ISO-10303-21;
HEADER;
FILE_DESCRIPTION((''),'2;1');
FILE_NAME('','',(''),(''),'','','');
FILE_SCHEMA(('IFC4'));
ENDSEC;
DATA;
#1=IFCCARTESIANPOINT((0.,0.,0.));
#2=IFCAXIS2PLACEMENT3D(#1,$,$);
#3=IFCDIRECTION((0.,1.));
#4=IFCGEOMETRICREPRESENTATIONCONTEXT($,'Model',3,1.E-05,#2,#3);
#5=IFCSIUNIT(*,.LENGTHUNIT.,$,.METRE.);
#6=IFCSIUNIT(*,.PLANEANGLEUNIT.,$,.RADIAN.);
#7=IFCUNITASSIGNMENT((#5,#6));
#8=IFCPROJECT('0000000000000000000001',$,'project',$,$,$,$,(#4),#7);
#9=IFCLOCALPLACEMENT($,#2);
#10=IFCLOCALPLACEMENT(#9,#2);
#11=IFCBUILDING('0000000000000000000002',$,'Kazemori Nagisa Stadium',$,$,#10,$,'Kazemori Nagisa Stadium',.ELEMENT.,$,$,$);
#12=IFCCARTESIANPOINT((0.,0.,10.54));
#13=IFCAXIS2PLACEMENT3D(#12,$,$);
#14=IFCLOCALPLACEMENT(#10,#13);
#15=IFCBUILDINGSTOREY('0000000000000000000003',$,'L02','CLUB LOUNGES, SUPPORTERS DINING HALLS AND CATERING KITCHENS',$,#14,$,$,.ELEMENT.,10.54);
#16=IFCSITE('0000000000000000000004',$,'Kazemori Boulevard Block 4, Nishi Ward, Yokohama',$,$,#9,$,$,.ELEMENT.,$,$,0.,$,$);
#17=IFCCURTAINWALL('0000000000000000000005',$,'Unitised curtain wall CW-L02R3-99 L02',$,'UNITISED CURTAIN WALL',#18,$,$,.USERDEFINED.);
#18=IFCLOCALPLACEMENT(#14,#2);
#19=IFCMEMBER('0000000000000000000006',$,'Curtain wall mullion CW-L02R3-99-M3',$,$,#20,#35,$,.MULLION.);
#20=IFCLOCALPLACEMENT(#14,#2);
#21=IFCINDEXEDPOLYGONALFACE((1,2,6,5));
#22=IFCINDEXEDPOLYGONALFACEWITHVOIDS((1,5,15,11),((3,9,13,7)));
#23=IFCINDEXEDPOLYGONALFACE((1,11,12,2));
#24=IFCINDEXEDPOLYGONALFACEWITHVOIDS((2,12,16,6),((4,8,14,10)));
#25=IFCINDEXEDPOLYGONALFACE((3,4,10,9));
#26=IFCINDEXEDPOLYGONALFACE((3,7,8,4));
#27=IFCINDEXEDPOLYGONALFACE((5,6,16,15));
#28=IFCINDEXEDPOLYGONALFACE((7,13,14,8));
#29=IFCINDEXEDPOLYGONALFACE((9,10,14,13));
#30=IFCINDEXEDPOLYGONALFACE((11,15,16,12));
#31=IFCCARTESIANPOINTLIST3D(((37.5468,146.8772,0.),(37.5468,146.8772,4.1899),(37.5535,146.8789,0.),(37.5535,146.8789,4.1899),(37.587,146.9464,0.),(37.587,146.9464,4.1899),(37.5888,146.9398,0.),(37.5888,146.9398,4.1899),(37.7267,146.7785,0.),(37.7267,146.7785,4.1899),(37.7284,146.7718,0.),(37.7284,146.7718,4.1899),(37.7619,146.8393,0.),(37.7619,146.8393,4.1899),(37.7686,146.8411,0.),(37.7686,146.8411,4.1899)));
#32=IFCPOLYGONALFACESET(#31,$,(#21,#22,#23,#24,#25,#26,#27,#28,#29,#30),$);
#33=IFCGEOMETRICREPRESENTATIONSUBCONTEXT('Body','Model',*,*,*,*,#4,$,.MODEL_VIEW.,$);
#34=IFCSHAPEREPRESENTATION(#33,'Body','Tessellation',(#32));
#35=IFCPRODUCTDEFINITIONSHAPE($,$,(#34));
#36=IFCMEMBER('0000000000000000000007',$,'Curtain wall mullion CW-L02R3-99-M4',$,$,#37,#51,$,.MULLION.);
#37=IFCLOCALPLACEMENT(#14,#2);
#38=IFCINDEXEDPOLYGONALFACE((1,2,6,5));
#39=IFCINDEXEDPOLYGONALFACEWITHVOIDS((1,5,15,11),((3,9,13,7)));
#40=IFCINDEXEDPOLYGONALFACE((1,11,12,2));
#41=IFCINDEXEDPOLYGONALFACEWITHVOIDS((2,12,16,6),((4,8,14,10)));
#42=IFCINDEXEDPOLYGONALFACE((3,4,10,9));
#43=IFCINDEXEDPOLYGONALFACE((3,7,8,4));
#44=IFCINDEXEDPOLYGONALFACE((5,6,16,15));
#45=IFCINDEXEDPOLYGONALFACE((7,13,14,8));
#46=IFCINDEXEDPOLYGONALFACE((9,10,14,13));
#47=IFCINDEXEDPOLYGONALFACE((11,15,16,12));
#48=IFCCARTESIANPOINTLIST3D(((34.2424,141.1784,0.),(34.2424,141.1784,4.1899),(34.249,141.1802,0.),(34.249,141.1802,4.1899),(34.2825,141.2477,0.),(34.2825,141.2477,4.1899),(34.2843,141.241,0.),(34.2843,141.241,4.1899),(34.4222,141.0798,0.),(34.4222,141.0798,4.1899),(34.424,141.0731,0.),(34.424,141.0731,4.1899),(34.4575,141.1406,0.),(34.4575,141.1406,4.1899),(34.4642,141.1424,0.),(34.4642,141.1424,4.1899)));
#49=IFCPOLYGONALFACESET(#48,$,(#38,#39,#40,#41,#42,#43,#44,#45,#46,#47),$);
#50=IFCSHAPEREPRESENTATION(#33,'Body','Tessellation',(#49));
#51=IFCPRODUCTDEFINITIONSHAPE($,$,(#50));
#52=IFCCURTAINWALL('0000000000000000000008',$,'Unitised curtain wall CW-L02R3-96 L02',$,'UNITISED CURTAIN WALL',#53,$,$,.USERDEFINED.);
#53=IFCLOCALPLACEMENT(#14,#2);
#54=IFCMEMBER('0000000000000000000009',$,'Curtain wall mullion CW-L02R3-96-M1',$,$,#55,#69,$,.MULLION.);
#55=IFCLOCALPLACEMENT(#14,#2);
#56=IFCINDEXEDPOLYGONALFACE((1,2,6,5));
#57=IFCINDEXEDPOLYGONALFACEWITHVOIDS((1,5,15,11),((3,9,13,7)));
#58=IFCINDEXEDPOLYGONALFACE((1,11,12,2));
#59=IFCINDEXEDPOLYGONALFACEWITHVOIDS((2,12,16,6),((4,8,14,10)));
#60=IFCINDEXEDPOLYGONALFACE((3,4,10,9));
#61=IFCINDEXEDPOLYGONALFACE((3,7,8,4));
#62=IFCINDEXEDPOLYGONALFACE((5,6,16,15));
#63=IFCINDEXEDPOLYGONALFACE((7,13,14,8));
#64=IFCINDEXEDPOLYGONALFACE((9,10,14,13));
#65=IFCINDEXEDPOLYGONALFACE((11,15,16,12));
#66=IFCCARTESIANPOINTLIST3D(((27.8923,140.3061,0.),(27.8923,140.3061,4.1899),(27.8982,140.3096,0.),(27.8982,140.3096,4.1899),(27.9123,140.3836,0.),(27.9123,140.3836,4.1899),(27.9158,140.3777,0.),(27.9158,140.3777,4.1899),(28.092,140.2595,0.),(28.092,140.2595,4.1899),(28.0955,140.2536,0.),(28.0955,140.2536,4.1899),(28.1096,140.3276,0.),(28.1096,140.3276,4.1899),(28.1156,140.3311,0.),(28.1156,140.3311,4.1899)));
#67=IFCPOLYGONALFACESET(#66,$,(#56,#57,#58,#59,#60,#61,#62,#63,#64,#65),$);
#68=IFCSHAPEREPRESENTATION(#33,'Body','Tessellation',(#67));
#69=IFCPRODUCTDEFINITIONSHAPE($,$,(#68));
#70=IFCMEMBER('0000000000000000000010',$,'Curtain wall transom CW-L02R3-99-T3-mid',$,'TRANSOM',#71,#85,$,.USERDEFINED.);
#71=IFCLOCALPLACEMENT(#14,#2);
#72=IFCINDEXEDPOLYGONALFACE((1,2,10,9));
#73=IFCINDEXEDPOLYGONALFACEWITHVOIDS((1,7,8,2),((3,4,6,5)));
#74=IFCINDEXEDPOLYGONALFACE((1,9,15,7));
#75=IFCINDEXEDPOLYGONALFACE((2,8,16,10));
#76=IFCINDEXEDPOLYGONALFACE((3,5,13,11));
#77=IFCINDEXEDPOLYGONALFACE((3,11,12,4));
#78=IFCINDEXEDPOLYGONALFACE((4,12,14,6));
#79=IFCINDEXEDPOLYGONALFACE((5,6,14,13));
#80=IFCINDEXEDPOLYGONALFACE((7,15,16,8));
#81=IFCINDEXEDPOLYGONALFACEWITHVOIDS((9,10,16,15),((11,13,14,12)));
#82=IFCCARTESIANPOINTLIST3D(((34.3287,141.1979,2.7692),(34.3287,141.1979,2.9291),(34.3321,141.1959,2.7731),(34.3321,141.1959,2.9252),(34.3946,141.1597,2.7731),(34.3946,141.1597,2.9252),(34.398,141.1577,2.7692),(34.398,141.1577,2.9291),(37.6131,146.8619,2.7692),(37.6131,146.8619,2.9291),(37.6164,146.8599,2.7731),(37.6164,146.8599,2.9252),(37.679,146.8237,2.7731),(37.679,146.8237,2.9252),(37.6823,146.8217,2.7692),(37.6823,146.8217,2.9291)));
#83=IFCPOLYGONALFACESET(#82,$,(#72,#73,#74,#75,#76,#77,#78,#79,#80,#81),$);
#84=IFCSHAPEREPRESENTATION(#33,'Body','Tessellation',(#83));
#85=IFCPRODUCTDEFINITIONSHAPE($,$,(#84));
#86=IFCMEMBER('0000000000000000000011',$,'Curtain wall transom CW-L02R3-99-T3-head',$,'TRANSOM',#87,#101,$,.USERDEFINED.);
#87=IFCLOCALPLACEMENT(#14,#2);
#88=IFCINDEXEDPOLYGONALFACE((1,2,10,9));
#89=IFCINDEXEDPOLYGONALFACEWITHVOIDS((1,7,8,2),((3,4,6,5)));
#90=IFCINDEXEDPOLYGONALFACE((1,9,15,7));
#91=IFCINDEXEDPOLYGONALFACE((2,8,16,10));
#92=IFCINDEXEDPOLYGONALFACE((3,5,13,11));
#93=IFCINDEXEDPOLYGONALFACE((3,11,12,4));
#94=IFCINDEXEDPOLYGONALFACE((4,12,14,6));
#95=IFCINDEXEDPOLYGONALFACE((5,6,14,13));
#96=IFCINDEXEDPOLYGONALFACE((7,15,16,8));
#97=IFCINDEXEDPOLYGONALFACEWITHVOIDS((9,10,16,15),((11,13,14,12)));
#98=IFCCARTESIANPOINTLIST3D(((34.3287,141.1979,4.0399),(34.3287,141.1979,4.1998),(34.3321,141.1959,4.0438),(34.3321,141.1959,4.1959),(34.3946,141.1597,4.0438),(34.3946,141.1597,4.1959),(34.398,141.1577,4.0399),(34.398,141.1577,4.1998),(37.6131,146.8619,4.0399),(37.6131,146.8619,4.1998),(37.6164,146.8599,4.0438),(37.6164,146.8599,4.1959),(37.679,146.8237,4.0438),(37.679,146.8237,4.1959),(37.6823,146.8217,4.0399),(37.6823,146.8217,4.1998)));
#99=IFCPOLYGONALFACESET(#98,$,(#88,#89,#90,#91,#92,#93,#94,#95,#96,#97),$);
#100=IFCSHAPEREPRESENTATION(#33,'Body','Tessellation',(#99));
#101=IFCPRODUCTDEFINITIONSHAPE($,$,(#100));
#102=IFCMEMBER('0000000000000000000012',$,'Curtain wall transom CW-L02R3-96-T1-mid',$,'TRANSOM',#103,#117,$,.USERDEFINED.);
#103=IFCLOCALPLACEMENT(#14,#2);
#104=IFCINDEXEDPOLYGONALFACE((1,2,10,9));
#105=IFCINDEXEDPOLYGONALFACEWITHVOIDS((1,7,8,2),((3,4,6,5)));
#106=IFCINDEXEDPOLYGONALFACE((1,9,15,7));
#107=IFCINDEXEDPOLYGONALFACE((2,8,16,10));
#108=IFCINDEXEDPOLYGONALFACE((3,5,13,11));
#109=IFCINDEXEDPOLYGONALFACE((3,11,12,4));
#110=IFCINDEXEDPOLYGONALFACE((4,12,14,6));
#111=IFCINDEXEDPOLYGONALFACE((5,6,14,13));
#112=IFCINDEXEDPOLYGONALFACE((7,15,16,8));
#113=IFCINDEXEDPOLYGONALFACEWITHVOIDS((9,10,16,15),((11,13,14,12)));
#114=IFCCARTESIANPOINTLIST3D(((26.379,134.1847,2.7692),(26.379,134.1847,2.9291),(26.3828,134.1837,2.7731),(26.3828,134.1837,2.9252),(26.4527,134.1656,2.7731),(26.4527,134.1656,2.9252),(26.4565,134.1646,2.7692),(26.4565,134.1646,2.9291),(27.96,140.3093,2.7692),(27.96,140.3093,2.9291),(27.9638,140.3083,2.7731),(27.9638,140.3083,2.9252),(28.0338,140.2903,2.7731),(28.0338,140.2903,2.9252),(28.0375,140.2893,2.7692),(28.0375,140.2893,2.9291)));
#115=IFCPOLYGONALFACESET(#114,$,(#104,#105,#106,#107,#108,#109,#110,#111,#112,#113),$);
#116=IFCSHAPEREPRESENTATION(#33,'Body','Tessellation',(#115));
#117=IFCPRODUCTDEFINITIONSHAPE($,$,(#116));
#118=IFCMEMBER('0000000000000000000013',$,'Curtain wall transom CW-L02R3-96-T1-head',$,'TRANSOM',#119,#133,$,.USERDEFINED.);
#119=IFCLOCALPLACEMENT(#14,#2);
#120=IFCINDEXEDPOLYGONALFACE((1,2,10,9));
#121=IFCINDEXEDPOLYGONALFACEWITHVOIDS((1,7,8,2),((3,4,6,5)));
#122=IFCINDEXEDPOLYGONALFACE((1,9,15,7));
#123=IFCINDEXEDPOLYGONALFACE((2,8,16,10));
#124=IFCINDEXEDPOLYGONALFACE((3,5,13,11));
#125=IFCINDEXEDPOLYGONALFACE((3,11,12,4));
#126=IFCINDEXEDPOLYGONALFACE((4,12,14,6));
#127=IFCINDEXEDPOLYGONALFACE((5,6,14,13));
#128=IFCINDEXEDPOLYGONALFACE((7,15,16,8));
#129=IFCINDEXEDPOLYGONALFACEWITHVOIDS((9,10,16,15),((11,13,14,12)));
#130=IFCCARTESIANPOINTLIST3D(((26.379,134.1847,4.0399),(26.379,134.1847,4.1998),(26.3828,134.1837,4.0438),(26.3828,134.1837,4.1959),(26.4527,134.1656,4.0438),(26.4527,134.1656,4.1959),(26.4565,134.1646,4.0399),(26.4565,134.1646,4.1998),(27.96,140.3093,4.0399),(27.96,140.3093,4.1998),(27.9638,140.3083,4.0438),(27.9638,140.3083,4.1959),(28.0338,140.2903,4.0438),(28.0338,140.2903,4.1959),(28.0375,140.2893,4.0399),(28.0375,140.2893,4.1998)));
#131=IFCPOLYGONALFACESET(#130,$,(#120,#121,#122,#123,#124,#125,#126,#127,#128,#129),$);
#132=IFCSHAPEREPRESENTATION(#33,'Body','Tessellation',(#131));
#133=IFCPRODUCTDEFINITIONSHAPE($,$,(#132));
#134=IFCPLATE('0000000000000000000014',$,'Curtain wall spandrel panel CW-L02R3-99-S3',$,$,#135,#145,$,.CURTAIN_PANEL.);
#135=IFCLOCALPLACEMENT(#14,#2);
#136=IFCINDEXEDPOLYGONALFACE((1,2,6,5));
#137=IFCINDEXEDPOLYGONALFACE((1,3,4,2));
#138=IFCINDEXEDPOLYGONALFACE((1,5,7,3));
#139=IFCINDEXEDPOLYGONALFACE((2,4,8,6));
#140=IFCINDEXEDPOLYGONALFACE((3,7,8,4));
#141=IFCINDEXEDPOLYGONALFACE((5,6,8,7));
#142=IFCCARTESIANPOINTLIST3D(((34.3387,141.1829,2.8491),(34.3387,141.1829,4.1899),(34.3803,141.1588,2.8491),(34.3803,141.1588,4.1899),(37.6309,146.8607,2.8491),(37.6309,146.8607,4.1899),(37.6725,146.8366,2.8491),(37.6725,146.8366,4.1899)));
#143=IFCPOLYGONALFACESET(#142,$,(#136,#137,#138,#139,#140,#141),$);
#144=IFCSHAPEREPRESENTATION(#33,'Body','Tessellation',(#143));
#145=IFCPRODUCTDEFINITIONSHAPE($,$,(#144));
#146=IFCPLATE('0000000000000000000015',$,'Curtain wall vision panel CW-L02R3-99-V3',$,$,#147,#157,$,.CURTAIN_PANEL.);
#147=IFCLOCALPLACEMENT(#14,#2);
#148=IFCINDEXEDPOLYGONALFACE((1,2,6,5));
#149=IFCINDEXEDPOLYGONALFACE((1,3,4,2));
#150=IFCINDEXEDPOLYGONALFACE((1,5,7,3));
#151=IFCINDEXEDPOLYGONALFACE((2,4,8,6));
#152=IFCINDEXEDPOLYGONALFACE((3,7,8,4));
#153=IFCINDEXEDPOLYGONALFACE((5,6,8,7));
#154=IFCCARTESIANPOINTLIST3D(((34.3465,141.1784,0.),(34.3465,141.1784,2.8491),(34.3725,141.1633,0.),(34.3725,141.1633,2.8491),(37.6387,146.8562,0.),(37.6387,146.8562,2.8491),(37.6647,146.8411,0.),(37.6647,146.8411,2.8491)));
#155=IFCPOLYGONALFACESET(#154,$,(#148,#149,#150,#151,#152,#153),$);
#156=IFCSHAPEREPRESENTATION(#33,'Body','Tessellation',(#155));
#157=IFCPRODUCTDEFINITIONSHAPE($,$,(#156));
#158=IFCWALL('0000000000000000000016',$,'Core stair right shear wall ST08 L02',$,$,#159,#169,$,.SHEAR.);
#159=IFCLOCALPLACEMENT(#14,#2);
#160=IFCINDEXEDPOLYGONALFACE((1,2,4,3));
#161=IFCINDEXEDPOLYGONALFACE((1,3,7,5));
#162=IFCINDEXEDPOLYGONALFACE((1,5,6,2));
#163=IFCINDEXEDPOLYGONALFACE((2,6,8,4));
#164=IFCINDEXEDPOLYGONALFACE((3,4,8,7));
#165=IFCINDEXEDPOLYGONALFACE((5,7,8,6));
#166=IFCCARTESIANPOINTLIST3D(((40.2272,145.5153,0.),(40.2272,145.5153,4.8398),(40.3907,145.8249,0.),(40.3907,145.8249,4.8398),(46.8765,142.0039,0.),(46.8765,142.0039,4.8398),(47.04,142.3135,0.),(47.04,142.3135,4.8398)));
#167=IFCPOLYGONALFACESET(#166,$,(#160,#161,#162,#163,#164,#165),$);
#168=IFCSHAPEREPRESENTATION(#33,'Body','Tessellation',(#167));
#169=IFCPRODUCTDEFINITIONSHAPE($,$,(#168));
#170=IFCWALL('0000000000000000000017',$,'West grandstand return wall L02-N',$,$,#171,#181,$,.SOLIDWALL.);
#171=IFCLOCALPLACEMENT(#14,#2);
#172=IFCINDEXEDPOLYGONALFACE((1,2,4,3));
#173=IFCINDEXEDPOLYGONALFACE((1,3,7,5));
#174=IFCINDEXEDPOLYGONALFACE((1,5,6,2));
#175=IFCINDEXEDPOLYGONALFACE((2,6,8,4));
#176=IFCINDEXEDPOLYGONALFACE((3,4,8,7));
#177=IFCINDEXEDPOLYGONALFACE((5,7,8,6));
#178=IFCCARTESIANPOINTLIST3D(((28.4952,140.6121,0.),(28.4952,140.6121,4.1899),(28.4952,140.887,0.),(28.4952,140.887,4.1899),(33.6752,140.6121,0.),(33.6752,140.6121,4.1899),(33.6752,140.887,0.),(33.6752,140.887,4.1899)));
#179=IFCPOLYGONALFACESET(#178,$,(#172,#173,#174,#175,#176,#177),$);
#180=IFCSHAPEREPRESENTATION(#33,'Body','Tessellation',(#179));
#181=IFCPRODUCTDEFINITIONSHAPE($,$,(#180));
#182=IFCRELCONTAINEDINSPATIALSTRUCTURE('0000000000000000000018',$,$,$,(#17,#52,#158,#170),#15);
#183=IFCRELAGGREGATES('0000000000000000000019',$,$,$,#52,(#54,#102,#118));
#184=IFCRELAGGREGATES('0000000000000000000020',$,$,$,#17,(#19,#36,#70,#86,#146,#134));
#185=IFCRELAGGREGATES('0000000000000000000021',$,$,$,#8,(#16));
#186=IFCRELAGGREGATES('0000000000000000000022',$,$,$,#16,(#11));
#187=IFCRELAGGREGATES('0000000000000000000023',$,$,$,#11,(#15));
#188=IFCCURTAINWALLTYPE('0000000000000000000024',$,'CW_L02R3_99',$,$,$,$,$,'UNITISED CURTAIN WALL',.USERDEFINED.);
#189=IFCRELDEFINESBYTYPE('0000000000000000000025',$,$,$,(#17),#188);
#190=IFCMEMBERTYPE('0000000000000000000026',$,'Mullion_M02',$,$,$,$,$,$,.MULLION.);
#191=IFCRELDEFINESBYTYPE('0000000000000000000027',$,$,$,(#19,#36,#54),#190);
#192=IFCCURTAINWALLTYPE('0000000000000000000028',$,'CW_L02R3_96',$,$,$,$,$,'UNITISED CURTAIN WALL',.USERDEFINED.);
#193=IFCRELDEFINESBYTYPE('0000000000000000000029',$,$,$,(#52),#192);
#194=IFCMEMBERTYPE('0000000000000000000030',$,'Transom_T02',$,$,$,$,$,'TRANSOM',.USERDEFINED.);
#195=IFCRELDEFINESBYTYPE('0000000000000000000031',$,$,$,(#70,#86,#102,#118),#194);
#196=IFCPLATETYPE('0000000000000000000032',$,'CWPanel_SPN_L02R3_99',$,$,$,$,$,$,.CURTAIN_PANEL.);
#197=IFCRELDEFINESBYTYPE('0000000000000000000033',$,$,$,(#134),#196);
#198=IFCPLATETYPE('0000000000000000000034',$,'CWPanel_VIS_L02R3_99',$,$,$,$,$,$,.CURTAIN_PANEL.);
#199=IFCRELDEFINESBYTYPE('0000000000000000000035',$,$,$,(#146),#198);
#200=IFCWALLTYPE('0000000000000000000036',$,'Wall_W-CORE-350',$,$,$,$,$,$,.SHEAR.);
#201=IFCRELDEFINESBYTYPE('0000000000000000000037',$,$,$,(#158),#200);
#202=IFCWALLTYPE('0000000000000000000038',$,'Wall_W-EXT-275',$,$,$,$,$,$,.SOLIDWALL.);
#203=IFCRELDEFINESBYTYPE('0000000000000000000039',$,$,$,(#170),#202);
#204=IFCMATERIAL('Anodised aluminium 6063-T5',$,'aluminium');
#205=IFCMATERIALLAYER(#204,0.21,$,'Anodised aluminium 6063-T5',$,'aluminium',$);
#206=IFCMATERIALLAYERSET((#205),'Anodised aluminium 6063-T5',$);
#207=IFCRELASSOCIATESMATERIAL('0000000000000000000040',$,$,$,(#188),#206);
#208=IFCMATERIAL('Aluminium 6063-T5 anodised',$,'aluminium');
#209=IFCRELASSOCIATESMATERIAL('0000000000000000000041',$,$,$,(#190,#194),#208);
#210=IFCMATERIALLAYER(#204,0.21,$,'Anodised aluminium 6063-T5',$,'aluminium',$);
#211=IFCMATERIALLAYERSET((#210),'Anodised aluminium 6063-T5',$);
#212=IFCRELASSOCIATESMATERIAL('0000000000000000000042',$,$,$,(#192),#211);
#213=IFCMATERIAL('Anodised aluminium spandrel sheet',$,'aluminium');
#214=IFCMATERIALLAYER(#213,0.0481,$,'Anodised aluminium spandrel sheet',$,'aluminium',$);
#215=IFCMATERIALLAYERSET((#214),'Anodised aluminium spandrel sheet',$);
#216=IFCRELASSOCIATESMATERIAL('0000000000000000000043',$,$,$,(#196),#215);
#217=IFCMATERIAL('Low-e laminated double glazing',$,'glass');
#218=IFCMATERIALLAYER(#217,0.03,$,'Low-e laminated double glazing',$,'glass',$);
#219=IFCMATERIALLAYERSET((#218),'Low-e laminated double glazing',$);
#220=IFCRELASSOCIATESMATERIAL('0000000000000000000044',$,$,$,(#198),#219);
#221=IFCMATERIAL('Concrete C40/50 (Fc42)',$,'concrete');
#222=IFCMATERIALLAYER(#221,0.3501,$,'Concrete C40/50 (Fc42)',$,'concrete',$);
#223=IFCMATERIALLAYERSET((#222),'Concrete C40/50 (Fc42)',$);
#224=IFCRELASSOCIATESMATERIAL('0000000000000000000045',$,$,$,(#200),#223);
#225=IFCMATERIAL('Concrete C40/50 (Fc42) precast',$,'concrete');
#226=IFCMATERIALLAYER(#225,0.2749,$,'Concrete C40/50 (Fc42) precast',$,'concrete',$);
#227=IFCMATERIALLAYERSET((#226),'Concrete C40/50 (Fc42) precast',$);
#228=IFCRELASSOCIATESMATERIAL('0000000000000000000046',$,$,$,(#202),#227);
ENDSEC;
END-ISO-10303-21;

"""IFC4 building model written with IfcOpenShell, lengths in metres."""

from ifc_helpers import new_model, si_unit, direction, frame, frame_2d, origin, origin_2d, place, context, subcontext, project, spatial, rectangle, hollow_rectangle, extrude, material, layer, layer_set, material_profile, profile_set, type_object, element, aggregate, save


model = new_model("IFC4")

# Units and contexts
model_context = context("Model", 3, precision=1e-05, world=origin(), true_north=direction((0.0, 1.0)))
body_context = subcontext(model_context, "Body", "Model", "MODEL_VIEW")
ifc_project = project(units=[si_unit("LENGTHUNIT", "METRE"), si_unit("PLANEANGLEUNIT", "RADIAN")], contexts=[model_context])

# Site, building, storey
site_placement = place(None, origin())
site = spatial("IfcSite", under=ifc_project, at=site_placement, Name="Kazemori Boulevard Block 4, Nishi Ward, Yokohama", CompositionType="ELEMENT", RefElevation=0.0)
building_placement = place(site_placement, origin())
building = spatial("IfcBuilding", under=site, at=building_placement, Name="Kazemori Nagisa Stadium", LongName="Kazemori Nagisa Stadium", CompositionType="ELEMENT")
storey_placement = place(building_placement, frame((0.0, 0.0, 10.54)))
storey = spatial("IfcBuildingStorey", under=building, at=storey_placement, Name="L02", Description="CLUB LOUNGES, SUPPORTERS DINING HALLS AND CATERING KITCHENS", CompositionType="ELEMENT", Elevation=10.54)

# Shared definitions
ifc_material_1 = material(Name="Concrete C40/50 (Fc42)", Category="concrete")

# Curtain wall, members
ifc_material_2 = material(Name="Anodised aluminium 6063-T5", Category="aluminium")
ifc_layer_1 = layer(ifc_material_2, 0.21, Name="Anodised aluminium 6063-T5", Category="aluminium")
ifc_layer_set_1 = layer_set([ifc_layer_1], Name="Anodised aluminium 6063-T5")
curtain_wall_type_1 = type_object("IfcCurtainWallType", Name="CW_L02R3_99", ElementType="UNITISED CURTAIN WALL", PredefinedType="USERDEFINED", material=ifc_layer_set_1)
curtain_wall_1_placement = place(storey_placement, origin())
curtain_wall_1 = element("IfcCurtainWall", 1, at=curtain_wall_1_placement, inside=storey, type_object=curtain_wall_type_1, Name="Unitised curtain wall CW-L02R3-99 L02", ObjectType="UNITISED CURTAIN WALL", PredefinedType="USERDEFINED")
ifc_material_3 = material(Name="Aluminium 6063-T5 anodised", Category="aluminium")
ifc_material_profile_1 = material_profile(ifc_material_3, hollow_rectangle(XDim=0.0801, YDim=0.21, WallThickness=0.0049, at=origin_2d()), Name="ALU-MULL-80x210x5")
ifc_profile_set_1 = profile_set([ifc_material_profile_1], Name="Aluminium 6063-T5 anodised")
member_type_1 = type_object("IfcMemberType", Name="Mullion_M02", PredefinedType="MULLION", material=ifc_profile_set_1)
member_1_placement = place(storey_placement, frame((37.6577, 146.8591, 0.0), z_axis=(0.0, 0.0, 1.0), x_axis=(-0.501612, -0.865093, 0.0)))
member_1 = element("IfcMember", 2, at=member_1_placement, type_object=member_type_1, Name="Curtain wall mullion CW-L02R3-99-M3", PredefinedType="MULLION", context=body_context, shape_type="SweptSolid", body=[
    extrude(hollow_rectangle(XDim=0.0801, YDim=0.21, WallThickness=0.0049, at=origin_2d()), origin(), (0.0, 0.0, 1.0), 4.1899),
])
member_2_placement = place(storey_placement, frame((34.3533, 141.1604, 0.0), z_axis=(0.0, 0.0, 1.0), x_axis=(-0.501612, -0.865093, 0.0)))
member_2 = element("IfcMember", 3, at=member_2_placement, type_object=member_type_1, Name="Curtain wall mullion CW-L02R3-99-M4", PredefinedType="MULLION", context=body_context, shape_type="SweptSolid", body=[
    extrude(hollow_rectangle(XDim=0.0801, YDim=0.21, WallThickness=0.0049, at=origin_2d()), origin(), (0.0, 0.0, 1.0), 4.1899),
])

# Curtain wall, member
ifc_layer_2 = layer(ifc_material_2, 0.21, Name="Anodised aluminium 6063-T5", Category="aluminium")
ifc_layer_set_2 = layer_set([ifc_layer_2], Name="Anodised aluminium 6063-T5")
curtain_wall_type_2 = type_object("IfcCurtainWallType", Name="CW_L02R3_96", ElementType="UNITISED CURTAIN WALL", PredefinedType="USERDEFINED", material=ifc_layer_set_2)
curtain_wall_2_placement = place(storey_placement, origin())
curtain_wall_2 = element("IfcCurtainWall", 4, at=curtain_wall_2_placement, inside=storey, type_object=curtain_wall_type_2, Name="Unitised curtain wall CW-L02R3-96 L02", ObjectType="UNITISED CURTAIN WALL", PredefinedType="USERDEFINED")
member_3_placement = place(storey_placement, frame((28.0039, 140.3186, 0.0), z_axis=(0.0, 0.0, 1.0), x_axis=(-0.249965, -0.968255, 0.0)))
member_3 = element("IfcMember", 5, at=member_3_placement, type_object=member_type_1, Name="Curtain wall mullion CW-L02R3-96-M1", PredefinedType="MULLION", context=body_context, shape_type="SweptSolid", body=[
    extrude(hollow_rectangle(XDim=0.0801, YDim=0.21, WallThickness=0.0049, at=origin_2d()), origin(), (0.0, 0.0, 1.0), 4.1899),
])

# Members
ifc_material_profile_2 = material_profile(ifc_material_3, hollow_rectangle(XDim=0.0801, YDim=0.1599, WallThickness=0.0039, at=origin_2d()), Name="ALU-TRAN-80x160x4")
ifc_profile_set_2 = profile_set([ifc_material_profile_2], Name="Aluminium 6063-T5 anodised")
member_type_2 = type_object("IfcMemberType", Name="Transom_T02", ElementType="TRANSOM", PredefinedType="USERDEFINED", material=ifc_profile_set_2)
member_4_placement = place(storey_placement, frame((37.6477, 146.8418, 2.8491), z_axis=(-0.501634, -0.86508, 0.0), x_axis=(0.86508, -0.501634, 0.0)))
member_4 = element("IfcMember", 6, at=member_4_placement, type_object=member_type_2, Name="Curtain wall transom CW-L02R3-99-T3-mid", ObjectType="TRANSOM", PredefinedType="USERDEFINED", context=body_context, shape_type="SweptSolid", body=[
    extrude(hollow_rectangle(XDim=0.0801, YDim=0.1599, WallThickness=0.0039, at=origin_2d()), origin(), (0.0, 0.0, 1.0), 6.5474),
])
member_5_placement = place(storey_placement, frame((37.6477, 146.8418, 4.1199), z_axis=(-0.501634, -0.86508, 0.0), x_axis=(0.86508, -0.501634, 0.0)))
member_5 = element("IfcMember", 7, at=member_5_placement, type_object=member_type_2, Name="Curtain wall transom CW-L02R3-99-T3-head", ObjectType="TRANSOM", PredefinedType="USERDEFINED", context=body_context, shape_type="SweptSolid", body=[
    extrude(hollow_rectangle(XDim=0.0801, YDim=0.1599, WallThickness=0.0039, at=origin_2d()), origin(), (0.0, 0.0, 1.0), 6.5474),
])
member_6_placement = place(storey_placement, frame((27.9988, 140.2993, 2.8491), z_axis=(-0.249948, -0.968259, 0.0), x_axis=(0.968259, -0.249948, 0.0)))
member_6 = element("IfcMember", 8, at=member_6_placement, type_object=member_type_2, Name="Curtain wall transom CW-L02R3-96-T1-mid", ObjectType="TRANSOM", PredefinedType="USERDEFINED", context=body_context, shape_type="SweptSolid", body=[
    extrude(hollow_rectangle(XDim=0.0801, YDim=0.1599, WallThickness=0.0039, at=origin_2d()), origin(), (0.0, 0.0, 1.0), 6.3254),
])
member_7_placement = place(storey_placement, frame((27.9988, 140.2993, 4.1199), z_axis=(-0.249948, -0.968259, 0.0), x_axis=(0.968259, -0.249948, 0.0)))
member_7 = element("IfcMember", 9, at=member_7_placement, type_object=member_type_2, Name="Curtain wall transom CW-L02R3-96-T1-head", ObjectType="TRANSOM", PredefinedType="USERDEFINED", context=body_context, shape_type="SweptSolid", body=[
    extrude(hollow_rectangle(XDim=0.0801, YDim=0.1599, WallThickness=0.0039, at=origin_2d()), origin(), (0.0, 0.0, 1.0), 6.3254),
])
aggregate(curtain_wall_2, [member_3, member_6, member_7])

# Plates
ifc_material_4 = material(Name="Anodised aluminium spandrel sheet", Category="aluminium")
ifc_layer_3 = layer(ifc_material_4, 0.0481, Name="Anodised aluminium spandrel sheet", Category="aluminium")
ifc_layer_set_3 = layer_set([ifc_layer_3], Name="Anodised aluminium spandrel sheet")
plate_type_1 = type_object("IfcPlateType", Name="CWPanel_SPN_L02R3_99", PredefinedType="CURTAIN_PANEL", material=ifc_layer_set_3)
plate_1_placement = place(storey_placement, frame((36.0056, 144.0098, 2.8491), z_axis=(0.0, 0.0, 1.0), x_axis=(-0.501612, -0.865093, 0.0)))
plate_1 = element("IfcPlate", 10, at=plate_1_placement, type_object=plate_type_1, Name="Curtain wall spandrel panel CW-L02R3-99-S3", PredefinedType="CURTAIN_PANEL", context=body_context, shape_type="SweptSolid", body=[
    extrude(rectangle(XDim=6.5632, YDim=0.0481, at=origin_2d()), origin(), (0.0, 0.0, 1.0), 1.3408),
])
ifc_material_5 = material(Name="Low-e laminated double glazing", Category="glass")
ifc_layer_4 = layer(ifc_material_5, 0.03, Name="Low-e laminated double glazing", Category="glass")
ifc_layer_set_4 = layer_set([ifc_layer_4], Name="Low-e laminated double glazing")
plate_type_2 = type_object("IfcPlateType", Name="CWPanel_VIS_L02R3_99", PredefinedType="CURTAIN_PANEL", material=ifc_layer_set_4)
plate_2_placement = place(storey_placement, frame((36.0056, 144.0098, 0.0), z_axis=(0.0, 0.0, 1.0), x_axis=(-0.501612, -0.865093, 0.0)))
plate_2 = element("IfcPlate", 11, at=plate_2_placement, type_object=plate_type_2, Name="Curtain wall vision panel CW-L02R3-99-V3", PredefinedType="CURTAIN_PANEL", context=body_context, shape_type="SweptSolid", body=[
    extrude(rectangle(XDim=6.5632, YDim=0.03, at=origin_2d()), origin(), (0.0, 0.0, 1.0), 2.8491),
])
aggregate(curtain_wall_1, [member_1, member_2, member_4, member_5, plate_2, plate_1])

# Walls
ifc_layer_5 = layer(ifc_material_1, 0.3501, Name="Concrete C40/50 (Fc42)", Category="concrete")
ifc_layer_set_5 = layer_set([ifc_layer_5], Name="Concrete C40/50 (Fc42)")
wall_type_1 = type_object("IfcWallType", Name="Wall_W-CORE-350", PredefinedType="SHEAR", material=ifc_layer_set_5)
wall_1_placement = place(storey_placement, frame((46.9583, 142.1587, 0.0), z_axis=(0.0, 0.0, 1.0), x_axis=(-0.884272, 0.466973, 0.0)))
element("IfcWall", 12, at=wall_1_placement, inside=storey, type_object=wall_type_1, Name="Core stair right shear wall ST08 L02", PredefinedType="SHEAR", context=body_context, shape_type="SweptSolid", body=[
    extrude(rectangle(XDim=7.5195, YDim=0.3501, at=frame_2d((3.7598, 0.0))), origin(), (0.0, 0.0, 1.0), 4.8398),
])
ifc_material_6 = material(Name="Concrete C40/50 (Fc42) precast", Category="concrete")
ifc_layer_6 = layer(ifc_material_6, 0.2749, Name="Concrete C40/50 (Fc42) precast", Category="concrete")
ifc_layer_set_6 = layer_set([ifc_layer_6], Name="Concrete C40/50 (Fc42) precast")
wall_type_2 = type_object("IfcWallType", Name="Wall_W-EXT-275", PredefinedType="SOLIDWALL", material=ifc_layer_set_6)
wall_2_placement = place(storey_placement, frame((33.675, 140.7495, 0.0), z_axis=(0.0, 0.0, 1.0), x_axis=(-1.0, 0.0, 0.0)))
element("IfcWall", 13, at=wall_2_placement, inside=storey, type_object=wall_type_2, Name="West grandstand return wall L02-N", PredefinedType="SOLIDWALL", context=body_context, shape_type="SweptSolid", body=[
    extrude(rectangle(XDim=5.1799, YDim=0.2749, at=frame_2d((2.5898, 0.0))), origin(), (0.0, 0.0, 1.0), 4.1899),
])

save(model, "model.ifc")
